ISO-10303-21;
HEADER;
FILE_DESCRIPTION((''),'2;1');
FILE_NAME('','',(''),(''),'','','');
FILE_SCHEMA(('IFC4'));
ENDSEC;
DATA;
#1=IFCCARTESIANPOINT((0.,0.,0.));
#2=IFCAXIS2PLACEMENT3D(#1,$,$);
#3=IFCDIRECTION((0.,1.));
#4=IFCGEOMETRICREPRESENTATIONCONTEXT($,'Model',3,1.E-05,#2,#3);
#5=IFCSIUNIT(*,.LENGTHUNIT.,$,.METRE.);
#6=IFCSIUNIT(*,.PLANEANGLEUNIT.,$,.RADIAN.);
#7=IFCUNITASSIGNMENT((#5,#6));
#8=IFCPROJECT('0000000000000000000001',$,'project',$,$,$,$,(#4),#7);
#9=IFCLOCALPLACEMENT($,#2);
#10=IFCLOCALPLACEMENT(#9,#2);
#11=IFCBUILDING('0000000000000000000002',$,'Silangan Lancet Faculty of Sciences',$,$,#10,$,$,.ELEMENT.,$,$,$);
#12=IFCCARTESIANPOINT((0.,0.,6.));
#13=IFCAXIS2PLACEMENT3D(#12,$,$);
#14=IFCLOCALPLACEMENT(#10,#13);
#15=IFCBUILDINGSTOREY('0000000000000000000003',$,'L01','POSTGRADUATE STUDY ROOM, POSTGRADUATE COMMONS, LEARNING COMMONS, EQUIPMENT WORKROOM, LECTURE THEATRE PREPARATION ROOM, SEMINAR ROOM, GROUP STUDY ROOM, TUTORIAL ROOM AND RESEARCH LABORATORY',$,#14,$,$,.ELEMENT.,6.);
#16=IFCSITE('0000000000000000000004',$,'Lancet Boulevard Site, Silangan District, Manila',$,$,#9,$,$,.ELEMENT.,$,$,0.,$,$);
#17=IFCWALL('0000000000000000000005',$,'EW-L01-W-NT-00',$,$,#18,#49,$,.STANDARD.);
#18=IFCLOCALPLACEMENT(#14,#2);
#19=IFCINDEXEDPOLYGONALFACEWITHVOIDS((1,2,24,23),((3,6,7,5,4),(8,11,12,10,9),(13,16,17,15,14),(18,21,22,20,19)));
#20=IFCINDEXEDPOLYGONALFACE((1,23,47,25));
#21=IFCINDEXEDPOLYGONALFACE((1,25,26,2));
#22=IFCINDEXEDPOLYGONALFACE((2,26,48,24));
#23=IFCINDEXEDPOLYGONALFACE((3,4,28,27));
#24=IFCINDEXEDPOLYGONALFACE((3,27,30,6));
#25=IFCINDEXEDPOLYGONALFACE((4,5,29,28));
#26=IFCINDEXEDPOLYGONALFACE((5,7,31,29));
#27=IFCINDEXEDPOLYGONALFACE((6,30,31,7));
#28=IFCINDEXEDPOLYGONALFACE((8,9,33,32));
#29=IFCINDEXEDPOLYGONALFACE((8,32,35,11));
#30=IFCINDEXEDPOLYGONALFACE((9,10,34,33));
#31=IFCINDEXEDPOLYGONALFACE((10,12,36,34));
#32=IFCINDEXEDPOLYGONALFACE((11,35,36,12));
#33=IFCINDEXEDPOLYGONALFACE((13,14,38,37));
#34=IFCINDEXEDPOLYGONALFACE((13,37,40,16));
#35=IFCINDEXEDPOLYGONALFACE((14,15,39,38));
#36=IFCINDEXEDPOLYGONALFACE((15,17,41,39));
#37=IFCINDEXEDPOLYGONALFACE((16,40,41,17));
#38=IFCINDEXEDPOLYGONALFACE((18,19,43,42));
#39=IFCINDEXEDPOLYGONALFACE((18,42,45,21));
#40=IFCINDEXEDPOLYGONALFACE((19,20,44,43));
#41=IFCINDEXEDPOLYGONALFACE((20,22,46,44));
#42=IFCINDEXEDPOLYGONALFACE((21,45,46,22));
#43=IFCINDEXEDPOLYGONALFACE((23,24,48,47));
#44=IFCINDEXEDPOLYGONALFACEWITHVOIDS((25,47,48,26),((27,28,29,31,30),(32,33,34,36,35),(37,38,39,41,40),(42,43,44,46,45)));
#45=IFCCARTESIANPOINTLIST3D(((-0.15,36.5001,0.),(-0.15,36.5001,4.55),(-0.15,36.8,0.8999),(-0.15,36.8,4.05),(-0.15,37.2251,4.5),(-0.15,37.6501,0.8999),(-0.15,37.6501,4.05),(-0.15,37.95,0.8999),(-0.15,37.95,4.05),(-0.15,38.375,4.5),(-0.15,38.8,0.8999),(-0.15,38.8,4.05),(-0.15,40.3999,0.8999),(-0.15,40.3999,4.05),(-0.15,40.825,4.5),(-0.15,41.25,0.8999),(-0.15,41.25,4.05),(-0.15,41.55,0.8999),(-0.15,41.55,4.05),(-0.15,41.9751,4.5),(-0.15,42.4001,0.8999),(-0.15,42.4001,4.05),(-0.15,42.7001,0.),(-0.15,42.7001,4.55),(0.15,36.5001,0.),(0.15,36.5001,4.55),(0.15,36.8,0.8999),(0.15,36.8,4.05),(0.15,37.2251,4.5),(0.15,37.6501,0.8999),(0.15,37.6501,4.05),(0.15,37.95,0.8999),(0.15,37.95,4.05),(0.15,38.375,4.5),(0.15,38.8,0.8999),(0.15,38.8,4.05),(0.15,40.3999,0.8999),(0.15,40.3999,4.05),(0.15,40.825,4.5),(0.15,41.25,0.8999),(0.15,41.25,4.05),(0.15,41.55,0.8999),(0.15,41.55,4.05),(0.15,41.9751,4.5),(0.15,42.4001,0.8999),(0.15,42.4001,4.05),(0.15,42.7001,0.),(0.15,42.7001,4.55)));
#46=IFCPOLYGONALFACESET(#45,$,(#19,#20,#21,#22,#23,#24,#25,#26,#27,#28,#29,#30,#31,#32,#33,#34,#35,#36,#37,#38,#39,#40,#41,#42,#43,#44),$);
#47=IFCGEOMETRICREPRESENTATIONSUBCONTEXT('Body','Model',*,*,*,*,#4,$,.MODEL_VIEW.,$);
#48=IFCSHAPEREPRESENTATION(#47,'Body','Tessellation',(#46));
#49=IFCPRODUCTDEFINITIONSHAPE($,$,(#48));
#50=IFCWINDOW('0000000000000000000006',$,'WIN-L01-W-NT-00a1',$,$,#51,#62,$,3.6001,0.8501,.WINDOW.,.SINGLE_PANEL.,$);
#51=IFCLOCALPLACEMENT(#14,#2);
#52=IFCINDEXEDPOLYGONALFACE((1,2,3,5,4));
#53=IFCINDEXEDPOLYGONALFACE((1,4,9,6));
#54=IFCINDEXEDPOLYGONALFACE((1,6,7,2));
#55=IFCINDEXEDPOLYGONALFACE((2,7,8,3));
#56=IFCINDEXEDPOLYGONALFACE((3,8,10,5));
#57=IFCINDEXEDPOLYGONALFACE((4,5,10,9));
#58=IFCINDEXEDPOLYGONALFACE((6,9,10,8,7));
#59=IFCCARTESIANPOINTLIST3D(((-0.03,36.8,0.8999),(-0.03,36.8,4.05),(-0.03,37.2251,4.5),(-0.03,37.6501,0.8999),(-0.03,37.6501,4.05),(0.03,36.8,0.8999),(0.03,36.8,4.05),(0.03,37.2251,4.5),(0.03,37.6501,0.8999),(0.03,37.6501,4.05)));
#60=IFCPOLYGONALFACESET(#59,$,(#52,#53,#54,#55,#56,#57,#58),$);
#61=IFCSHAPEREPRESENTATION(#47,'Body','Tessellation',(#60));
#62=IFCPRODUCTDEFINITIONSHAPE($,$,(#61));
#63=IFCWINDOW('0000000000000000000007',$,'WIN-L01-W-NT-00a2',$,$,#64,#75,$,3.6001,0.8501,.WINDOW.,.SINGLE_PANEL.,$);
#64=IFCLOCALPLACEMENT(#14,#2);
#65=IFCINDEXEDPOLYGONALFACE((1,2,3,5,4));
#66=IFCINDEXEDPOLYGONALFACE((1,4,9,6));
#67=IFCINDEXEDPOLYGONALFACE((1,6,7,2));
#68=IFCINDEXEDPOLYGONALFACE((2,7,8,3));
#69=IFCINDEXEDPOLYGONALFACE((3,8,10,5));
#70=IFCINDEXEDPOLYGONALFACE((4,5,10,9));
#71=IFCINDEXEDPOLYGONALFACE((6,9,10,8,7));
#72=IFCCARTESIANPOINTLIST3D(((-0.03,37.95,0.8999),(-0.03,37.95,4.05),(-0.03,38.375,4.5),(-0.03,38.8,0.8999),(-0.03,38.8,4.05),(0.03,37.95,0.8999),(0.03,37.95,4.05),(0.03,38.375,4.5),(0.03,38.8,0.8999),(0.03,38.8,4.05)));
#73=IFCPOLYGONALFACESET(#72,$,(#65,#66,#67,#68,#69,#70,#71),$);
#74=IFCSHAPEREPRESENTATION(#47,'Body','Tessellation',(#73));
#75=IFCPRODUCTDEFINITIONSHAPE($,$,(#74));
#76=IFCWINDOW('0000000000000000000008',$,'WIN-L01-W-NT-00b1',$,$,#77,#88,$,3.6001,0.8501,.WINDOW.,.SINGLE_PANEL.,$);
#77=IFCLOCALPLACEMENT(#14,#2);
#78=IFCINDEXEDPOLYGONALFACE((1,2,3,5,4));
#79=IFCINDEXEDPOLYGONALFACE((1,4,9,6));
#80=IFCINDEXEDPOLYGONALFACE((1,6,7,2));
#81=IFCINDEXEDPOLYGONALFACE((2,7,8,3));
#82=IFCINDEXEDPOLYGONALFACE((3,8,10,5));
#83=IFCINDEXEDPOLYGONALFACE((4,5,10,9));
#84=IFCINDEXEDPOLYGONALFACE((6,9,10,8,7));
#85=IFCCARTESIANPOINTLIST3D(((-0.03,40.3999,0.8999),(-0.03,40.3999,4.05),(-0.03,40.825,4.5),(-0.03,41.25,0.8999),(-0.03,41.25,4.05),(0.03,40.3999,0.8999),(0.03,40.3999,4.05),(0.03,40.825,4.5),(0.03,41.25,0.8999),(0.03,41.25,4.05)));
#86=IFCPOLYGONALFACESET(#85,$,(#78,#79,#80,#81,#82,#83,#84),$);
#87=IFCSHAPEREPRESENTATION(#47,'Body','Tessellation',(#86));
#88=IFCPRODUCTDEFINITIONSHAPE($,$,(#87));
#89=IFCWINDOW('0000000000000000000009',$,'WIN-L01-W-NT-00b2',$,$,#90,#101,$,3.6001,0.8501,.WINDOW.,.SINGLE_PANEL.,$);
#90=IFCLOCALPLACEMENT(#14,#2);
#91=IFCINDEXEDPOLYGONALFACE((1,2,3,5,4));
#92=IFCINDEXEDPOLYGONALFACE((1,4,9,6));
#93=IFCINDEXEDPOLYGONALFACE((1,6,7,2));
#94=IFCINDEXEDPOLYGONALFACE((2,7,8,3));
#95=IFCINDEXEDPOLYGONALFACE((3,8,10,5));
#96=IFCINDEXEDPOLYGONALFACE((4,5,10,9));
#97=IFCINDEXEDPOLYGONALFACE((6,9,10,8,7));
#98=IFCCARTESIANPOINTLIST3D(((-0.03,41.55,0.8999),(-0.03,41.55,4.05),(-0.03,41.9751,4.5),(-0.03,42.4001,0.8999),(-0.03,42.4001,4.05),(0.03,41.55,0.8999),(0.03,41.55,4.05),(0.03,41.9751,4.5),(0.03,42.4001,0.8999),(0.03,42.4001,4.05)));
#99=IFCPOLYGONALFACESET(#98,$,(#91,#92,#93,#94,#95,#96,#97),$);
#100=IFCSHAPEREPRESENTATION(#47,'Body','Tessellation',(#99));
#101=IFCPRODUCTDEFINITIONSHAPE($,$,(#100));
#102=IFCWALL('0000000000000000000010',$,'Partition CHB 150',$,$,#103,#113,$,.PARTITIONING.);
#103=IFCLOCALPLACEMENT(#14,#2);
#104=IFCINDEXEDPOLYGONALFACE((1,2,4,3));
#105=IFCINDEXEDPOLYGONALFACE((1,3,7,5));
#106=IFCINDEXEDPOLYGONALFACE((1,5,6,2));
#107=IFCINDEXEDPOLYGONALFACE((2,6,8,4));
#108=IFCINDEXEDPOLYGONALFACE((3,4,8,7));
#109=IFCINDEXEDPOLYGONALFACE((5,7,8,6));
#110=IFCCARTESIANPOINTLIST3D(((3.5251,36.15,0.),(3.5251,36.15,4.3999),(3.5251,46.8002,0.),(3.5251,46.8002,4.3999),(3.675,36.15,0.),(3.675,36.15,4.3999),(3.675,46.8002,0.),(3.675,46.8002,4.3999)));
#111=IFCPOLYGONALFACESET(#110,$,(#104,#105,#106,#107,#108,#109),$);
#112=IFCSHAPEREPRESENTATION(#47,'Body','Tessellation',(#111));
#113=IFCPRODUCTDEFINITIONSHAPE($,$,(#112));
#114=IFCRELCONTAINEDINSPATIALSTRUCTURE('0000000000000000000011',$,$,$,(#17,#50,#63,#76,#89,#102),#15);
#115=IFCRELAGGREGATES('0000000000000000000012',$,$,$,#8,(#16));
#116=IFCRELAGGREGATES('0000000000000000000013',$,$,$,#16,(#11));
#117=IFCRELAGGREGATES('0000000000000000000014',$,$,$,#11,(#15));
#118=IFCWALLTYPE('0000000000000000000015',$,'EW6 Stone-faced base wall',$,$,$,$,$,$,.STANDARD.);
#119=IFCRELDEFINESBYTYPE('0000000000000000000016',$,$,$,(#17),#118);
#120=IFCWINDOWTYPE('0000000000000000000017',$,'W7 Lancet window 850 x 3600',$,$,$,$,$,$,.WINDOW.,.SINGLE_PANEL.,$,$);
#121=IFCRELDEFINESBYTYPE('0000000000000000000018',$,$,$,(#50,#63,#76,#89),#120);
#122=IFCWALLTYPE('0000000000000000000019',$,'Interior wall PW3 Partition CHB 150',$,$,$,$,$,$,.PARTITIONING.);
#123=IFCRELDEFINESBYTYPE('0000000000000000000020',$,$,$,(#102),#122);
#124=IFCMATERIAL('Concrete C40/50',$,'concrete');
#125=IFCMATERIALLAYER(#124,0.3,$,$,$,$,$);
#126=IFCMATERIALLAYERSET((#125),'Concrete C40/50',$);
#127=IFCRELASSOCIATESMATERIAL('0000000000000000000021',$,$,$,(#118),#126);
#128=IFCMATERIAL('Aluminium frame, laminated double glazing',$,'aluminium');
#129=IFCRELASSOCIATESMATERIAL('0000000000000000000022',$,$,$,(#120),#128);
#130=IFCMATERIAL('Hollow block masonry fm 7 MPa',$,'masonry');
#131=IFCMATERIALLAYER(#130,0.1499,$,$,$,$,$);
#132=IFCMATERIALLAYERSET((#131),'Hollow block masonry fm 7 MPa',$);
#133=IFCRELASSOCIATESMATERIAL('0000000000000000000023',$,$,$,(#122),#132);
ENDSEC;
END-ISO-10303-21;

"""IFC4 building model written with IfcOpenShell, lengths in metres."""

from ifc_helpers import new_model, si_unit, direction, frame, frame_2d, origin, place, context, subcontext, project, spatial, polyline, rectangle, outline, extrude, material, layer, layer_set, type_object, element, fill, save


model = new_model("IFC4")

# Units and contexts
model_context = context("Model", 3, precision=1e-05, world=origin(), true_north=direction((0.0, 1.0)))
body_context = subcontext(model_context, "Body", "Model", "MODEL_VIEW")
ifc_project = project(units=[si_unit("LENGTHUNIT", "METRE"), si_unit("PLANEANGLEUNIT", "RADIAN")], contexts=[model_context])

# Site, building, storey
site_placement = place(None, origin())
site = spatial("IfcSite", under=ifc_project, at=site_placement, Name="Lancet Boulevard Site, Silangan District, Manila", CompositionType="ELEMENT", RefElevation=0.0)
building_placement = place(site_placement, origin())
building = spatial("IfcBuilding", under=site, at=building_placement, Name="Silangan Lancet Faculty of Sciences", CompositionType="ELEMENT")
storey_placement = place(building_placement, frame((0.0, 0.0, 6.0)))
storey = spatial("IfcBuildingStorey", under=building, at=storey_placement, Name="L01", Description="POSTGRADUATE STUDY ROOM, POSTGRADUATE COMMONS, LEARNING COMMONS, EQUIPMENT WORKROOM, LECTURE THEATRE PREPARATION ROOM, SEMINAR ROOM, GROUP STUDY ROOM, TUTORIAL ROOM AND RESEARCH LABORATORY", CompositionType="ELEMENT", Elevation=6.0)

# Wall, openings, windows
ifc_material_1 = material(Name="Concrete C40/50", Category="concrete")
ifc_layer_1 = layer(ifc_material_1, 0.3)
ifc_layer_set_1 = layer_set([ifc_layer_1], Name="Concrete C40/50")
wall_type_1 = type_object("IfcWallType", Name="EW6 Stone-faced base wall", PredefinedType="STANDARD", material=ifc_layer_set_1)
wall_1_placement = place(storey_placement, frame((0.0, 36.5, 0.0), z_axis=(0.0, 0.0, 1.0), x_axis=(0.0, 1.0, 0.0)))
wall_1 = element("IfcWall", 1, at=wall_1_placement, inside=storey, type_object=wall_type_1, Name="EW-L01-W-NT-00", PredefinedType="STANDARD", context=body_context, shape_type="SweptSolid", body=[
    extrude(rectangle(XDim=6.2, YDim=0.3, at=frame_2d((3.1001, 0.0))), origin(), (0.0, 0.0, 1.0), 4.55),
])
opening_1_placement = place(wall_1_placement, frame((0.3, 0.0, 0.8999)))
opening_1 = element("IfcOpeningElement", 2, at=opening_1_placement, cuts=wall_1, PredefinedType="OPENING", context=body_context, shape_type="SweptSolid", body=[
    extrude(outline(polyline([(0.0, 0.0), (0.8501, 0.0), (0.8501, 3.1501), (0.425, 3.6001), (0.0, 3.1501), (0.0, 0.0)])), frame((0.0, 0.1599, 0.0), z_axis=(0.0, -1.0, 0.0), x_axis=(1.0, 0.0, 0.0)), (0.0, 0.0, 1.0), 0.3201),
])
opening_2_placement = place(wall_1_placement, frame((1.45, 0.0, 0.8999)))
opening_2 = element("IfcOpeningElement", 3, at=opening_2_placement, cuts=wall_1, PredefinedType="OPENING", context=body_context, shape_type="SweptSolid", body=[
    extrude(outline(polyline([(0.0, 0.0), (0.8501, 0.0), (0.8501, 3.1501), (0.425, 3.6001), (0.0, 3.1501), (0.0, 0.0)])), frame((0.0, 0.1599, 0.0), z_axis=(0.0, -1.0, 0.0), x_axis=(1.0, 0.0, 0.0)), (0.0, 0.0, 1.0), 0.3201),
])
opening_3_placement = place(wall_1_placement, frame((3.8999, 0.0, 0.8999)))
opening_3 = element("IfcOpeningElement", 4, at=opening_3_placement, cuts=wall_1, PredefinedType="OPENING", context=body_context, shape_type="SweptSolid", body=[
    extrude(outline(polyline([(0.0, 0.0), (0.8501, 0.0), (0.8501, 3.1501), (0.425, 3.6001), (0.0, 3.1501), (0.0, 0.0)])), frame((0.0, 0.1599, 0.0), z_axis=(0.0, -1.0, 0.0), x_axis=(1.0, 0.0, 0.0)), (0.0, 0.0, 1.0), 0.3201),
])
opening_4_placement = place(wall_1_placement, frame((5.05, 0.0, 0.8999)))
opening_4 = element("IfcOpeningElement", 5, at=opening_4_placement, cuts=wall_1, PredefinedType="OPENING", context=body_context, shape_type="SweptSolid", body=[
    extrude(outline(polyline([(0.0, 0.0), (0.8501, 0.0), (0.8501, 3.1501), (0.425, 3.6001), (0.0, 3.1501), (0.0, 0.0)])), frame((0.0, 0.1599, 0.0), z_axis=(0.0, -1.0, 0.0), x_axis=(1.0, 0.0, 0.0)), (0.0, 0.0, 1.0), 0.3201),
])
ifc_material_2 = material(Name="Aluminium frame, laminated double glazing", Category="aluminium")
window_type = type_object("IfcWindowType", Name="W7 Lancet window 850 x 3600", PartitioningType="SINGLE_PANEL", PredefinedType="WINDOW", material=ifc_material_2)
window_1_placement = place(opening_1_placement, origin())
window_1 = element("IfcWindow", 6, at=window_1_placement, inside=storey, type_object=window_type, Name="WIN-L01-W-NT-00a1", OverallHeight=3.6001, OverallWidth=0.8501, PartitioningType="SINGLE_PANEL", PredefinedType="WINDOW", context=body_context, shape_type="SweptSolid", body=[
    extrude(outline(polyline([(0.0, 0.0), (0.8501, 0.0), (0.8501, 3.1501), (0.425, 3.6001), (0.0, 3.1501), (0.0, 0.0)])), frame((0.0, 0.03, 0.0), z_axis=(0.0, -1.0, 0.0), x_axis=(1.0, 0.0, 0.0)), (0.0, 0.0, 1.0), 0.0601),
])
fill(opening_1, window_1)
window_2_placement = place(opening_2_placement, origin())
window_2 = element("IfcWindow", 7, at=window_2_placement, inside=storey, type_object=window_type, Name="WIN-L01-W-NT-00a2", OverallHeight=3.6001, OverallWidth=0.8501, PartitioningType="SINGLE_PANEL", PredefinedType="WINDOW", context=body_context, shape_type="SweptSolid", body=[
    extrude(outline(polyline([(0.0, 0.0), (0.8501, 0.0), (0.8501, 3.1501), (0.425, 3.6001), (0.0, 3.1501), (0.0, 0.0)])), frame((0.0, 0.03, 0.0), z_axis=(0.0, -1.0, 0.0), x_axis=(1.0, 0.0, 0.0)), (0.0, 0.0, 1.0), 0.0601),
])
fill(opening_2, window_2)
window_3_placement = place(opening_3_placement, origin())
window_3 = element("IfcWindow", 8, at=window_3_placement, inside=storey, type_object=window_type, Name="WIN-L01-W-NT-00b1", OverallHeight=3.6001, OverallWidth=0.8501, PartitioningType="SINGLE_PANEL", PredefinedType="WINDOW", context=body_context, shape_type="SweptSolid", body=[
    extrude(outline(polyline([(0.0, 0.0), (0.8501, 0.0), (0.8501, 3.1501), (0.425, 3.6001), (0.0, 3.1501), (0.0, 0.0)])), frame((0.0, 0.03, 0.0), z_axis=(0.0, -1.0, 0.0), x_axis=(1.0, 0.0, 0.0)), (0.0, 0.0, 1.0), 0.0601),
])
fill(opening_3, window_3)
window_4_placement = place(opening_4_placement, origin())
window_4 = element("IfcWindow", 9, at=window_4_placement, inside=storey, type_object=window_type, Name="WIN-L01-W-NT-00b2", OverallHeight=3.6001, OverallWidth=0.8501, PartitioningType="SINGLE_PANEL", PredefinedType="WINDOW", context=body_context, shape_type="SweptSolid", body=[
    extrude(outline(polyline([(0.0, 0.0), (0.8501, 0.0), (0.8501, 3.1501), (0.425, 3.6001), (0.0, 3.1501), (0.0, 0.0)])), frame((0.0, 0.03, 0.0), z_axis=(0.0, -1.0, 0.0), x_axis=(1.0, 0.0, 0.0)), (0.0, 0.0, 1.0), 0.0601),
])
fill(opening_4, window_4)

# Wall
ifc_material_3 = material(Name="Hollow block masonry fm 7 MPa", Category="masonry")
ifc_layer_2 = layer(ifc_material_3, 0.1499)
ifc_layer_set_2 = layer_set([ifc_layer_2], Name="Hollow block masonry fm 7 MPa")
wall_type_2 = type_object("IfcWallType", Name="Interior wall PW3 Partition CHB 150", PredefinedType="PARTITIONING", material=ifc_layer_set_2)
wall_2_placement = place(storey_placement, frame((3.6001, 36.1499, 0.0), z_axis=(0.0, 0.0, 1.0), x_axis=(0.0, 1.0, 0.0)))
element("IfcWall", 10, at=wall_2_placement, inside=storey, type_object=wall_type_2, Name="Partition CHB 150", PredefinedType="PARTITIONING", context=body_context, shape_type="SweptSolid", body=[
    extrude(rectangle(XDim=10.6501, YDim=0.1499, at=frame_2d((5.3252, 0.0))), origin(), (0.0, 0.0, 1.0), 4.3999),
])

save(model, "model.ifc")
